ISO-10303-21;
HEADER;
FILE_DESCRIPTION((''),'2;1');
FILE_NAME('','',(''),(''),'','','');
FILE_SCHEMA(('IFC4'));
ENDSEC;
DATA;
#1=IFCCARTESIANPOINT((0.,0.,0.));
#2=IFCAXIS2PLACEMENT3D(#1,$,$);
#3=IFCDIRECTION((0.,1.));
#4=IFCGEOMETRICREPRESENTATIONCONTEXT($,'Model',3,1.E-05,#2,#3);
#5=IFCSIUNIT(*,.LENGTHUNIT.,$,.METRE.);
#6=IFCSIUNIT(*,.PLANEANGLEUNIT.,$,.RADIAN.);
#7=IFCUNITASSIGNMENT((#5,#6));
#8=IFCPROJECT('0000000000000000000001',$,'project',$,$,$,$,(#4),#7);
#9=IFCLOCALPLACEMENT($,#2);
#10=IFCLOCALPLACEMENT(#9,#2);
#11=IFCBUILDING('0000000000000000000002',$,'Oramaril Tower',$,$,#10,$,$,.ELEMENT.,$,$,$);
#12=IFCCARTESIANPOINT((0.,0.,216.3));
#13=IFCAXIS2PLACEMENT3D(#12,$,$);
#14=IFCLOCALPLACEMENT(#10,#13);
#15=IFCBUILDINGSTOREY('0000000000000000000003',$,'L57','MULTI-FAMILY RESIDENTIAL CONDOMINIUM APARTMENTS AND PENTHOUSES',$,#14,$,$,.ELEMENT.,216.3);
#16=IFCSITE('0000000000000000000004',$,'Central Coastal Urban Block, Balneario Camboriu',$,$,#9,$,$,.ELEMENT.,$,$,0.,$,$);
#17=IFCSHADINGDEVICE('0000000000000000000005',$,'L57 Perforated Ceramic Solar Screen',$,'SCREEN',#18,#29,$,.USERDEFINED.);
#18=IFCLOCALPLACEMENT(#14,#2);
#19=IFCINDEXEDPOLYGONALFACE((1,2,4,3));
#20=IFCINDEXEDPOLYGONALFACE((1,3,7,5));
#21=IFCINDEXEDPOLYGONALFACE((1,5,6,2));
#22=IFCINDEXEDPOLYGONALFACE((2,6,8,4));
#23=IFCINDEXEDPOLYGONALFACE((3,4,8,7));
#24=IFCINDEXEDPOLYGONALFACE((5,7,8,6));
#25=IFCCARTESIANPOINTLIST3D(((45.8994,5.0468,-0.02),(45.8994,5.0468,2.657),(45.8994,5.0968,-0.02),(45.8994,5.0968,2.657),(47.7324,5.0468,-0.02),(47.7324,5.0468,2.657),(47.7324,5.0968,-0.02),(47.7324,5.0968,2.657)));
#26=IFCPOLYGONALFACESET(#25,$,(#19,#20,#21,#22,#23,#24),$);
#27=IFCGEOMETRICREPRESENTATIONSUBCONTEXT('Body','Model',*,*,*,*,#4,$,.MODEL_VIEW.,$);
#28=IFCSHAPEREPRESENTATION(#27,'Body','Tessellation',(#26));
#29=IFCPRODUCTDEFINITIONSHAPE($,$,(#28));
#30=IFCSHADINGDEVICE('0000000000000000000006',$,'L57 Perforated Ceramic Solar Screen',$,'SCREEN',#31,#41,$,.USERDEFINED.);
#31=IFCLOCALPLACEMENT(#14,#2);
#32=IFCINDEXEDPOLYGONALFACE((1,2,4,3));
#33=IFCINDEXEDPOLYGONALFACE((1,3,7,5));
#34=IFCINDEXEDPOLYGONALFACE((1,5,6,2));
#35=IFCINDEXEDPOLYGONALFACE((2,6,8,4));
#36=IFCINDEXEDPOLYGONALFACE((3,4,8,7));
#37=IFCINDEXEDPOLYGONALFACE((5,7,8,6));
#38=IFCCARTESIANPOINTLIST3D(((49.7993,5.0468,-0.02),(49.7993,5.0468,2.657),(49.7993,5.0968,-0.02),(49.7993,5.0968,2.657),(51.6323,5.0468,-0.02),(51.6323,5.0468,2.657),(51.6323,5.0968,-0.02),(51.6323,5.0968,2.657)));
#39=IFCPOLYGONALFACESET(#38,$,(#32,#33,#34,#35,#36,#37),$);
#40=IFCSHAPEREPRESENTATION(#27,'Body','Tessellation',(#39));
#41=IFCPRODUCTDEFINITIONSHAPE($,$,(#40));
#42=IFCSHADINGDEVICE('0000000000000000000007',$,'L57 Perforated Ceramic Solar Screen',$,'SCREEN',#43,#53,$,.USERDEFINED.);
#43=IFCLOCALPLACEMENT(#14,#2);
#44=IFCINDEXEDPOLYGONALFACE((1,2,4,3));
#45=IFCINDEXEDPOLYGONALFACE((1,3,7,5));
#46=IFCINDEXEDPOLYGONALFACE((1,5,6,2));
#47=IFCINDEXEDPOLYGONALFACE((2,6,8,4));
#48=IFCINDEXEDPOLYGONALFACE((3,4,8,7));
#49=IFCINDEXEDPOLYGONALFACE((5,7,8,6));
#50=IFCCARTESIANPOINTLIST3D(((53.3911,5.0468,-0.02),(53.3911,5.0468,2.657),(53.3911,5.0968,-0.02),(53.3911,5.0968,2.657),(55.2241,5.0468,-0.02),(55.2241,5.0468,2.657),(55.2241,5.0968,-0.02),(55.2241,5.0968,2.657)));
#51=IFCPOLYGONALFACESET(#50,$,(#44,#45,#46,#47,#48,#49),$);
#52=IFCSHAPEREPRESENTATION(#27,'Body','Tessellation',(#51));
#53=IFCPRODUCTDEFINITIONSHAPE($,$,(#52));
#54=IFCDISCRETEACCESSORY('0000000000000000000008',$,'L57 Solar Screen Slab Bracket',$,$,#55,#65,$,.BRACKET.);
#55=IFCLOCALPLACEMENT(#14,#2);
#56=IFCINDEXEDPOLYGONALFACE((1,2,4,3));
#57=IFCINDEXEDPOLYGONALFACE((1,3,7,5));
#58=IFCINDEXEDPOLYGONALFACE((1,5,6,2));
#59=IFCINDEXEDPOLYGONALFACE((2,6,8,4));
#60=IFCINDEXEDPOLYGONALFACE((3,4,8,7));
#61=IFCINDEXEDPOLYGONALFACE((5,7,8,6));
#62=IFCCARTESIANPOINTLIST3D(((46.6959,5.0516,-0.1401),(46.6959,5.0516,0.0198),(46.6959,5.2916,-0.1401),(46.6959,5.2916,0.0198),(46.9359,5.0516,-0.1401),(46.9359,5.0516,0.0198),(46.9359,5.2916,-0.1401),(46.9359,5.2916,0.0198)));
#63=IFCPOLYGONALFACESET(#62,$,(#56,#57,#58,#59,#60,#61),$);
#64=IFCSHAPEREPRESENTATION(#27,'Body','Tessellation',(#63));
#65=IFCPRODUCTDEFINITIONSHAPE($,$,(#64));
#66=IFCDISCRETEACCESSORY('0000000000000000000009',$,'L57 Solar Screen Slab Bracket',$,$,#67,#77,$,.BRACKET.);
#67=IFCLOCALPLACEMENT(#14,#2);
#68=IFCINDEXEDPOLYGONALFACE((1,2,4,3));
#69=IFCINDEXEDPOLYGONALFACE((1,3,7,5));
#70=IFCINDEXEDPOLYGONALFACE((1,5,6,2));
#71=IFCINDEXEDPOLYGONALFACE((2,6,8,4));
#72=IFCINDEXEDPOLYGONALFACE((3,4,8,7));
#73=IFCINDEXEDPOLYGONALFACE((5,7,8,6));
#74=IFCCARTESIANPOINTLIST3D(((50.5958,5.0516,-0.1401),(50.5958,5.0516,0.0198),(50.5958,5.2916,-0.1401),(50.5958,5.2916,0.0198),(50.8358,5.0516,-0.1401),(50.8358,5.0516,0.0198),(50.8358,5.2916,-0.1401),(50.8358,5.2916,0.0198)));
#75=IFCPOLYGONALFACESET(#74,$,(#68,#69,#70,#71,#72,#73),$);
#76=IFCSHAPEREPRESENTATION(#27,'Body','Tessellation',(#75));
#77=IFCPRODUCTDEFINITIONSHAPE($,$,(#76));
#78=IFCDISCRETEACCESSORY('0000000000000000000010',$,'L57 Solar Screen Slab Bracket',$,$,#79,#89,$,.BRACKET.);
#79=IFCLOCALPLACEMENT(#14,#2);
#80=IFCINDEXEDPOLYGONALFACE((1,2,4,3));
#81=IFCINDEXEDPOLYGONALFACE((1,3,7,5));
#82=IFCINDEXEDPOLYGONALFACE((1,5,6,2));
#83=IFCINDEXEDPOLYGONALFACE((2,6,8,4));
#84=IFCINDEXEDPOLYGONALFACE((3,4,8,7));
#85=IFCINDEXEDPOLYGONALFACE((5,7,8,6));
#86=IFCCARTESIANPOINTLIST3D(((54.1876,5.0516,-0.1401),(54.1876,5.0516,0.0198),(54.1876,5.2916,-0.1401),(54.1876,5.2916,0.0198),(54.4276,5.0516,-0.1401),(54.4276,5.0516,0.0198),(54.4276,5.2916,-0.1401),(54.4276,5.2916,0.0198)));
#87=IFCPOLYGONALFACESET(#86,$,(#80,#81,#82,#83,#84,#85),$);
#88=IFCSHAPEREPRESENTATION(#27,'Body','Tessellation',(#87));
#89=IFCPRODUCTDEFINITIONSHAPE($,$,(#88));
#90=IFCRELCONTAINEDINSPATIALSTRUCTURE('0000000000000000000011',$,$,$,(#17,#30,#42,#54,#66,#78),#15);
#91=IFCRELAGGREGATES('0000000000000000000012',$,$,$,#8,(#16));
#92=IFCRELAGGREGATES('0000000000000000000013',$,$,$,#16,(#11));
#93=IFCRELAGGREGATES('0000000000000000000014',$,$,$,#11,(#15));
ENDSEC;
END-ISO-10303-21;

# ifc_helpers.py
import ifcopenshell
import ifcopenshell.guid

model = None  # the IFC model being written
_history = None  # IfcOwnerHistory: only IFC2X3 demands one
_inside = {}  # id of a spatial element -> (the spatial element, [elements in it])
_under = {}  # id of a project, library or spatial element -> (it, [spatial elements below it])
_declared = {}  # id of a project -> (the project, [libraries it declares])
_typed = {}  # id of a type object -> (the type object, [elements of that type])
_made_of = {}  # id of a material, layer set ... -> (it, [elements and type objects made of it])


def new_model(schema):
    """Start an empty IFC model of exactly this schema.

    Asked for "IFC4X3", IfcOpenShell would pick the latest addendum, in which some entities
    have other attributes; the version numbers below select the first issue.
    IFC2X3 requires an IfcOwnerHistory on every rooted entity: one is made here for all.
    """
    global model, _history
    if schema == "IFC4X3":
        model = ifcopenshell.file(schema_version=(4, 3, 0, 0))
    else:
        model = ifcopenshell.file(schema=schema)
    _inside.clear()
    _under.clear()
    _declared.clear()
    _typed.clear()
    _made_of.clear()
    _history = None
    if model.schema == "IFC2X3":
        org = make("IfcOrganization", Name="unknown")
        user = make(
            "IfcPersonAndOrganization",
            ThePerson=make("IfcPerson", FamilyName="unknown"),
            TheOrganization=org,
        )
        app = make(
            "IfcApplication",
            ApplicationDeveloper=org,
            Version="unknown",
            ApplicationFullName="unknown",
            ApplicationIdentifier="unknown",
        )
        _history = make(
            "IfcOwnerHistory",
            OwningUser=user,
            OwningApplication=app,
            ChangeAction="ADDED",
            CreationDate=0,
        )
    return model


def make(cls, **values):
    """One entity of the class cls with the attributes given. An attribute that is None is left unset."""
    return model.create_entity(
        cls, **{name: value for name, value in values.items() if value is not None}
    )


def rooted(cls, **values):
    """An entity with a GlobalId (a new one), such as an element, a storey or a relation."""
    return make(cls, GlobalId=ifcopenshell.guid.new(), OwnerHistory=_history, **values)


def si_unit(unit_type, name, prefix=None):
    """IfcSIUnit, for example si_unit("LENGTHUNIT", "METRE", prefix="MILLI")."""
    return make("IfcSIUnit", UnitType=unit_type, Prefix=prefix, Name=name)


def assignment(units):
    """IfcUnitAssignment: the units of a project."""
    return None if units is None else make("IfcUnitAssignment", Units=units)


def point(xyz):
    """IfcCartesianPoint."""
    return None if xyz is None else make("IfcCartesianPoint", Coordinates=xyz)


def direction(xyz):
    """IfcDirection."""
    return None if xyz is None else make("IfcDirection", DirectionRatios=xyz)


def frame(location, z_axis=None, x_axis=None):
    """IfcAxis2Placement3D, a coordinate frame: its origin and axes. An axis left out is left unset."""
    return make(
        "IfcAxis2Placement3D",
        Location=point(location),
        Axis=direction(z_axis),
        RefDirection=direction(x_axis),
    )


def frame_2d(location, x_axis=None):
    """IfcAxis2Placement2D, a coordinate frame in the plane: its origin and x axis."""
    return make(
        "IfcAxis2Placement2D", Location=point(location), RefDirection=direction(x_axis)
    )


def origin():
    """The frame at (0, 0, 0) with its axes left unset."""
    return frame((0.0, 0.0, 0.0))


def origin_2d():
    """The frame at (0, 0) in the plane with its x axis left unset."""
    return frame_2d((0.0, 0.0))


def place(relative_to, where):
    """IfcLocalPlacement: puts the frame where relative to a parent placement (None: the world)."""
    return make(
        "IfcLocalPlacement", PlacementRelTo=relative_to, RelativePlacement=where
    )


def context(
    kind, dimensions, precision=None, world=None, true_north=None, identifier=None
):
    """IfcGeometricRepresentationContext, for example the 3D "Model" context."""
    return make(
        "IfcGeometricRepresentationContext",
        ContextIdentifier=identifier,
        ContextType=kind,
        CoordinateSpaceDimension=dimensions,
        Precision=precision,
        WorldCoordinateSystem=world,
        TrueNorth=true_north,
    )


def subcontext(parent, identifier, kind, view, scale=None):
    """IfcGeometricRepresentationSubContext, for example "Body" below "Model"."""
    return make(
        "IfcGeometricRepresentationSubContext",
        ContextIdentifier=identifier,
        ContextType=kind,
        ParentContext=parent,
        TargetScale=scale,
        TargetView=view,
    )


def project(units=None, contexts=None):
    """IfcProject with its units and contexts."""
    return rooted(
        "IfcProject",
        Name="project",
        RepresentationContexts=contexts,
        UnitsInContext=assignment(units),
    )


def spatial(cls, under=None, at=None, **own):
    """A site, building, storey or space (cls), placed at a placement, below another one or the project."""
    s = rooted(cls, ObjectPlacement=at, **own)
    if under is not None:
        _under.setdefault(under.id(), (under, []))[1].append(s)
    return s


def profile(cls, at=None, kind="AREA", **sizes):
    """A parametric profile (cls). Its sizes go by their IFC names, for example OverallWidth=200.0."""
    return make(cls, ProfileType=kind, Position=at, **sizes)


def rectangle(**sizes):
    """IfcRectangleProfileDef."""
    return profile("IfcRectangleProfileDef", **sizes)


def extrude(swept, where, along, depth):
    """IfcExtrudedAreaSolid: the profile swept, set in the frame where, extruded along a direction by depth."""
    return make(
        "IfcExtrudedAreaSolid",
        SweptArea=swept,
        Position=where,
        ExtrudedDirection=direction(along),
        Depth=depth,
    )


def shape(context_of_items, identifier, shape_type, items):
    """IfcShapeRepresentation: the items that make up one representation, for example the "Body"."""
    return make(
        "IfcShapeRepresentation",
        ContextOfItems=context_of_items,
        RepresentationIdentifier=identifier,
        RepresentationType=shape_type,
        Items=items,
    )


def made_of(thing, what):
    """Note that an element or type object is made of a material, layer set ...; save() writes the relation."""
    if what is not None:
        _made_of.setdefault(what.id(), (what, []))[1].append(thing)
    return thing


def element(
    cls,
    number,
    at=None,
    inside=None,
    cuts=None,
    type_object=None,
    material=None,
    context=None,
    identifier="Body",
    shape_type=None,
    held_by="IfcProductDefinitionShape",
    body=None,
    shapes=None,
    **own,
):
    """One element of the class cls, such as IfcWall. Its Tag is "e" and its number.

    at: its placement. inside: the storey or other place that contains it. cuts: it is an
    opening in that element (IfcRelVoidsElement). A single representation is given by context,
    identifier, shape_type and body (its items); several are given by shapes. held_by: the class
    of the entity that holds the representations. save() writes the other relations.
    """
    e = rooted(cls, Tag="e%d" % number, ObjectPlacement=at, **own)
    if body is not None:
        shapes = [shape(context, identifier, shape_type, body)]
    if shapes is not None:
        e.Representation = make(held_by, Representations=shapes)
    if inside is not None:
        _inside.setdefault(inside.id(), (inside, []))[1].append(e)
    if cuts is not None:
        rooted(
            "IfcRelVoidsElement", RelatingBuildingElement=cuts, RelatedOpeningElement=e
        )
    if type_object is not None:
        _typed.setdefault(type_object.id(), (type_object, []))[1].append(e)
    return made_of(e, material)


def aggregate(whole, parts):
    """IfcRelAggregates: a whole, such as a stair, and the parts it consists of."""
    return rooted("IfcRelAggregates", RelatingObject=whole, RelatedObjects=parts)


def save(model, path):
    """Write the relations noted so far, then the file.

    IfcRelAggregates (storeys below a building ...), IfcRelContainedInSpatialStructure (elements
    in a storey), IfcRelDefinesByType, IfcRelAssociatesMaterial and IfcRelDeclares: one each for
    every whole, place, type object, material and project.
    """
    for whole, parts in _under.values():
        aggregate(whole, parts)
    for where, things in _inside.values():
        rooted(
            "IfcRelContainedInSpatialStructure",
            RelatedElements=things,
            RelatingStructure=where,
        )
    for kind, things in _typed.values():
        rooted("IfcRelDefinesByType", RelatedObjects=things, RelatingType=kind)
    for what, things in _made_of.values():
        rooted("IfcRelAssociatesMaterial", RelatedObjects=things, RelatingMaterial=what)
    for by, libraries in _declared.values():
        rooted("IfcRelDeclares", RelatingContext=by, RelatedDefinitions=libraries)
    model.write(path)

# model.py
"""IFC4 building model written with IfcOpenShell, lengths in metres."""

from ifc_helpers import new_model, si_unit, direction, frame, origin, origin_2d, place, context, subcontext, project, spatial, rectangle, extrude, element, save


model = new_model("IFC4")

# Units and contexts
model_context = context("Model", 3, precision=1e-05, world=origin(), true_north=direction((0.0, 1.0)))
body_context = subcontext(model_context, "Body", "Model", "MODEL_VIEW")
ifc_project = project(units=[si_unit("LENGTHUNIT", "METRE"), si_unit("PLANEANGLEUNIT", "RADIAN")], contexts=[model_context])

# Site, building, storey
site_placement = place(None, origin())
site = spatial("IfcSite", under=ifc_project, at=site_placement, Name="Central Coastal Urban Block, Balneario Camboriu", CompositionType="ELEMENT", RefElevation=0.0)
building_placement = place(site_placement, origin())
building = spatial("IfcBuilding", under=site, at=building_placement, Name="Oramaril Tower", CompositionType="ELEMENT")
storey_placement = place(building_placement, frame((0.0, 0.0, 216.3)))
storey = spatial("IfcBuildingStorey", under=building, at=storey_placement, Name="L57", Description="MULTI-FAMILY RESIDENTIAL CONDOMINIUM APARTMENTS AND PENTHOUSES", CompositionType="ELEMENT", Elevation=216.3)

# Shading devices
for number, where, z_axis, x_axis, name in (
    (1, (46.8159, 5.0718, -0.02), (0.0, 0.0, 1.0), (1.0, 0.0, 0.0), "L57 Perforated Ceramic Solar Screen"),
    (2, (50.7158, 5.0718, -0.02), (0.0, 0.0, 1.0), (1.0, 0.0, 0.0), "L57 Perforated Ceramic Solar Screen"),
    (3, (54.3076, 5.0718, -0.02), (0.0, 0.0, 1.0), (1.0, 0.0, 0.0), "L57 Perforated Ceramic Solar Screen"),
):
    element("IfcShadingDevice", number, at=place(storey_placement, frame(where, z_axis=z_axis, x_axis=x_axis)), inside=storey, Name=name, ObjectType="SCREEN", PredefinedType="USERDEFINED", context=body_context, shape_type="SweptSolid", body=[
        extrude(rectangle(XDim=1.833, YDim=0.05, at=origin_2d()), origin(), (0.0, 0.0, 1.0), 2.677),
    ])

# Discrete accessories
for number, where, z_axis, x_axis, name in (
    (4, (46.8159, 5.1716, -0.1401), (0.0, 0.0, 1.0), (1.0, 0.0, 0.0), "L57 Solar Screen Slab Bracket"),
    (5, (50.7158, 5.1716, -0.1401), (0.0, 0.0, 1.0), (1.0, 0.0, 0.0), "L57 Solar Screen Slab Bracket"),
    (6, (54.3076, 5.1716, -0.1401), (0.0, 0.0, 1.0), (1.0, 0.0, 0.0), "L57 Solar Screen Slab Bracket"),
):
    element("IfcDiscreteAccessory", number, at=place(storey_placement, frame(where, z_axis=z_axis, x_axis=x_axis)), inside=storey, Name=name, PredefinedType="BRACKET", context=body_context, shape_type="SweptSolid", body=[
        extrude(rectangle(XDim=0.24, YDim=0.24, at=origin_2d()), origin(), (0.0, 0.0, 1.0), 0.1599),
    ])

save(model, "model.ifc")
